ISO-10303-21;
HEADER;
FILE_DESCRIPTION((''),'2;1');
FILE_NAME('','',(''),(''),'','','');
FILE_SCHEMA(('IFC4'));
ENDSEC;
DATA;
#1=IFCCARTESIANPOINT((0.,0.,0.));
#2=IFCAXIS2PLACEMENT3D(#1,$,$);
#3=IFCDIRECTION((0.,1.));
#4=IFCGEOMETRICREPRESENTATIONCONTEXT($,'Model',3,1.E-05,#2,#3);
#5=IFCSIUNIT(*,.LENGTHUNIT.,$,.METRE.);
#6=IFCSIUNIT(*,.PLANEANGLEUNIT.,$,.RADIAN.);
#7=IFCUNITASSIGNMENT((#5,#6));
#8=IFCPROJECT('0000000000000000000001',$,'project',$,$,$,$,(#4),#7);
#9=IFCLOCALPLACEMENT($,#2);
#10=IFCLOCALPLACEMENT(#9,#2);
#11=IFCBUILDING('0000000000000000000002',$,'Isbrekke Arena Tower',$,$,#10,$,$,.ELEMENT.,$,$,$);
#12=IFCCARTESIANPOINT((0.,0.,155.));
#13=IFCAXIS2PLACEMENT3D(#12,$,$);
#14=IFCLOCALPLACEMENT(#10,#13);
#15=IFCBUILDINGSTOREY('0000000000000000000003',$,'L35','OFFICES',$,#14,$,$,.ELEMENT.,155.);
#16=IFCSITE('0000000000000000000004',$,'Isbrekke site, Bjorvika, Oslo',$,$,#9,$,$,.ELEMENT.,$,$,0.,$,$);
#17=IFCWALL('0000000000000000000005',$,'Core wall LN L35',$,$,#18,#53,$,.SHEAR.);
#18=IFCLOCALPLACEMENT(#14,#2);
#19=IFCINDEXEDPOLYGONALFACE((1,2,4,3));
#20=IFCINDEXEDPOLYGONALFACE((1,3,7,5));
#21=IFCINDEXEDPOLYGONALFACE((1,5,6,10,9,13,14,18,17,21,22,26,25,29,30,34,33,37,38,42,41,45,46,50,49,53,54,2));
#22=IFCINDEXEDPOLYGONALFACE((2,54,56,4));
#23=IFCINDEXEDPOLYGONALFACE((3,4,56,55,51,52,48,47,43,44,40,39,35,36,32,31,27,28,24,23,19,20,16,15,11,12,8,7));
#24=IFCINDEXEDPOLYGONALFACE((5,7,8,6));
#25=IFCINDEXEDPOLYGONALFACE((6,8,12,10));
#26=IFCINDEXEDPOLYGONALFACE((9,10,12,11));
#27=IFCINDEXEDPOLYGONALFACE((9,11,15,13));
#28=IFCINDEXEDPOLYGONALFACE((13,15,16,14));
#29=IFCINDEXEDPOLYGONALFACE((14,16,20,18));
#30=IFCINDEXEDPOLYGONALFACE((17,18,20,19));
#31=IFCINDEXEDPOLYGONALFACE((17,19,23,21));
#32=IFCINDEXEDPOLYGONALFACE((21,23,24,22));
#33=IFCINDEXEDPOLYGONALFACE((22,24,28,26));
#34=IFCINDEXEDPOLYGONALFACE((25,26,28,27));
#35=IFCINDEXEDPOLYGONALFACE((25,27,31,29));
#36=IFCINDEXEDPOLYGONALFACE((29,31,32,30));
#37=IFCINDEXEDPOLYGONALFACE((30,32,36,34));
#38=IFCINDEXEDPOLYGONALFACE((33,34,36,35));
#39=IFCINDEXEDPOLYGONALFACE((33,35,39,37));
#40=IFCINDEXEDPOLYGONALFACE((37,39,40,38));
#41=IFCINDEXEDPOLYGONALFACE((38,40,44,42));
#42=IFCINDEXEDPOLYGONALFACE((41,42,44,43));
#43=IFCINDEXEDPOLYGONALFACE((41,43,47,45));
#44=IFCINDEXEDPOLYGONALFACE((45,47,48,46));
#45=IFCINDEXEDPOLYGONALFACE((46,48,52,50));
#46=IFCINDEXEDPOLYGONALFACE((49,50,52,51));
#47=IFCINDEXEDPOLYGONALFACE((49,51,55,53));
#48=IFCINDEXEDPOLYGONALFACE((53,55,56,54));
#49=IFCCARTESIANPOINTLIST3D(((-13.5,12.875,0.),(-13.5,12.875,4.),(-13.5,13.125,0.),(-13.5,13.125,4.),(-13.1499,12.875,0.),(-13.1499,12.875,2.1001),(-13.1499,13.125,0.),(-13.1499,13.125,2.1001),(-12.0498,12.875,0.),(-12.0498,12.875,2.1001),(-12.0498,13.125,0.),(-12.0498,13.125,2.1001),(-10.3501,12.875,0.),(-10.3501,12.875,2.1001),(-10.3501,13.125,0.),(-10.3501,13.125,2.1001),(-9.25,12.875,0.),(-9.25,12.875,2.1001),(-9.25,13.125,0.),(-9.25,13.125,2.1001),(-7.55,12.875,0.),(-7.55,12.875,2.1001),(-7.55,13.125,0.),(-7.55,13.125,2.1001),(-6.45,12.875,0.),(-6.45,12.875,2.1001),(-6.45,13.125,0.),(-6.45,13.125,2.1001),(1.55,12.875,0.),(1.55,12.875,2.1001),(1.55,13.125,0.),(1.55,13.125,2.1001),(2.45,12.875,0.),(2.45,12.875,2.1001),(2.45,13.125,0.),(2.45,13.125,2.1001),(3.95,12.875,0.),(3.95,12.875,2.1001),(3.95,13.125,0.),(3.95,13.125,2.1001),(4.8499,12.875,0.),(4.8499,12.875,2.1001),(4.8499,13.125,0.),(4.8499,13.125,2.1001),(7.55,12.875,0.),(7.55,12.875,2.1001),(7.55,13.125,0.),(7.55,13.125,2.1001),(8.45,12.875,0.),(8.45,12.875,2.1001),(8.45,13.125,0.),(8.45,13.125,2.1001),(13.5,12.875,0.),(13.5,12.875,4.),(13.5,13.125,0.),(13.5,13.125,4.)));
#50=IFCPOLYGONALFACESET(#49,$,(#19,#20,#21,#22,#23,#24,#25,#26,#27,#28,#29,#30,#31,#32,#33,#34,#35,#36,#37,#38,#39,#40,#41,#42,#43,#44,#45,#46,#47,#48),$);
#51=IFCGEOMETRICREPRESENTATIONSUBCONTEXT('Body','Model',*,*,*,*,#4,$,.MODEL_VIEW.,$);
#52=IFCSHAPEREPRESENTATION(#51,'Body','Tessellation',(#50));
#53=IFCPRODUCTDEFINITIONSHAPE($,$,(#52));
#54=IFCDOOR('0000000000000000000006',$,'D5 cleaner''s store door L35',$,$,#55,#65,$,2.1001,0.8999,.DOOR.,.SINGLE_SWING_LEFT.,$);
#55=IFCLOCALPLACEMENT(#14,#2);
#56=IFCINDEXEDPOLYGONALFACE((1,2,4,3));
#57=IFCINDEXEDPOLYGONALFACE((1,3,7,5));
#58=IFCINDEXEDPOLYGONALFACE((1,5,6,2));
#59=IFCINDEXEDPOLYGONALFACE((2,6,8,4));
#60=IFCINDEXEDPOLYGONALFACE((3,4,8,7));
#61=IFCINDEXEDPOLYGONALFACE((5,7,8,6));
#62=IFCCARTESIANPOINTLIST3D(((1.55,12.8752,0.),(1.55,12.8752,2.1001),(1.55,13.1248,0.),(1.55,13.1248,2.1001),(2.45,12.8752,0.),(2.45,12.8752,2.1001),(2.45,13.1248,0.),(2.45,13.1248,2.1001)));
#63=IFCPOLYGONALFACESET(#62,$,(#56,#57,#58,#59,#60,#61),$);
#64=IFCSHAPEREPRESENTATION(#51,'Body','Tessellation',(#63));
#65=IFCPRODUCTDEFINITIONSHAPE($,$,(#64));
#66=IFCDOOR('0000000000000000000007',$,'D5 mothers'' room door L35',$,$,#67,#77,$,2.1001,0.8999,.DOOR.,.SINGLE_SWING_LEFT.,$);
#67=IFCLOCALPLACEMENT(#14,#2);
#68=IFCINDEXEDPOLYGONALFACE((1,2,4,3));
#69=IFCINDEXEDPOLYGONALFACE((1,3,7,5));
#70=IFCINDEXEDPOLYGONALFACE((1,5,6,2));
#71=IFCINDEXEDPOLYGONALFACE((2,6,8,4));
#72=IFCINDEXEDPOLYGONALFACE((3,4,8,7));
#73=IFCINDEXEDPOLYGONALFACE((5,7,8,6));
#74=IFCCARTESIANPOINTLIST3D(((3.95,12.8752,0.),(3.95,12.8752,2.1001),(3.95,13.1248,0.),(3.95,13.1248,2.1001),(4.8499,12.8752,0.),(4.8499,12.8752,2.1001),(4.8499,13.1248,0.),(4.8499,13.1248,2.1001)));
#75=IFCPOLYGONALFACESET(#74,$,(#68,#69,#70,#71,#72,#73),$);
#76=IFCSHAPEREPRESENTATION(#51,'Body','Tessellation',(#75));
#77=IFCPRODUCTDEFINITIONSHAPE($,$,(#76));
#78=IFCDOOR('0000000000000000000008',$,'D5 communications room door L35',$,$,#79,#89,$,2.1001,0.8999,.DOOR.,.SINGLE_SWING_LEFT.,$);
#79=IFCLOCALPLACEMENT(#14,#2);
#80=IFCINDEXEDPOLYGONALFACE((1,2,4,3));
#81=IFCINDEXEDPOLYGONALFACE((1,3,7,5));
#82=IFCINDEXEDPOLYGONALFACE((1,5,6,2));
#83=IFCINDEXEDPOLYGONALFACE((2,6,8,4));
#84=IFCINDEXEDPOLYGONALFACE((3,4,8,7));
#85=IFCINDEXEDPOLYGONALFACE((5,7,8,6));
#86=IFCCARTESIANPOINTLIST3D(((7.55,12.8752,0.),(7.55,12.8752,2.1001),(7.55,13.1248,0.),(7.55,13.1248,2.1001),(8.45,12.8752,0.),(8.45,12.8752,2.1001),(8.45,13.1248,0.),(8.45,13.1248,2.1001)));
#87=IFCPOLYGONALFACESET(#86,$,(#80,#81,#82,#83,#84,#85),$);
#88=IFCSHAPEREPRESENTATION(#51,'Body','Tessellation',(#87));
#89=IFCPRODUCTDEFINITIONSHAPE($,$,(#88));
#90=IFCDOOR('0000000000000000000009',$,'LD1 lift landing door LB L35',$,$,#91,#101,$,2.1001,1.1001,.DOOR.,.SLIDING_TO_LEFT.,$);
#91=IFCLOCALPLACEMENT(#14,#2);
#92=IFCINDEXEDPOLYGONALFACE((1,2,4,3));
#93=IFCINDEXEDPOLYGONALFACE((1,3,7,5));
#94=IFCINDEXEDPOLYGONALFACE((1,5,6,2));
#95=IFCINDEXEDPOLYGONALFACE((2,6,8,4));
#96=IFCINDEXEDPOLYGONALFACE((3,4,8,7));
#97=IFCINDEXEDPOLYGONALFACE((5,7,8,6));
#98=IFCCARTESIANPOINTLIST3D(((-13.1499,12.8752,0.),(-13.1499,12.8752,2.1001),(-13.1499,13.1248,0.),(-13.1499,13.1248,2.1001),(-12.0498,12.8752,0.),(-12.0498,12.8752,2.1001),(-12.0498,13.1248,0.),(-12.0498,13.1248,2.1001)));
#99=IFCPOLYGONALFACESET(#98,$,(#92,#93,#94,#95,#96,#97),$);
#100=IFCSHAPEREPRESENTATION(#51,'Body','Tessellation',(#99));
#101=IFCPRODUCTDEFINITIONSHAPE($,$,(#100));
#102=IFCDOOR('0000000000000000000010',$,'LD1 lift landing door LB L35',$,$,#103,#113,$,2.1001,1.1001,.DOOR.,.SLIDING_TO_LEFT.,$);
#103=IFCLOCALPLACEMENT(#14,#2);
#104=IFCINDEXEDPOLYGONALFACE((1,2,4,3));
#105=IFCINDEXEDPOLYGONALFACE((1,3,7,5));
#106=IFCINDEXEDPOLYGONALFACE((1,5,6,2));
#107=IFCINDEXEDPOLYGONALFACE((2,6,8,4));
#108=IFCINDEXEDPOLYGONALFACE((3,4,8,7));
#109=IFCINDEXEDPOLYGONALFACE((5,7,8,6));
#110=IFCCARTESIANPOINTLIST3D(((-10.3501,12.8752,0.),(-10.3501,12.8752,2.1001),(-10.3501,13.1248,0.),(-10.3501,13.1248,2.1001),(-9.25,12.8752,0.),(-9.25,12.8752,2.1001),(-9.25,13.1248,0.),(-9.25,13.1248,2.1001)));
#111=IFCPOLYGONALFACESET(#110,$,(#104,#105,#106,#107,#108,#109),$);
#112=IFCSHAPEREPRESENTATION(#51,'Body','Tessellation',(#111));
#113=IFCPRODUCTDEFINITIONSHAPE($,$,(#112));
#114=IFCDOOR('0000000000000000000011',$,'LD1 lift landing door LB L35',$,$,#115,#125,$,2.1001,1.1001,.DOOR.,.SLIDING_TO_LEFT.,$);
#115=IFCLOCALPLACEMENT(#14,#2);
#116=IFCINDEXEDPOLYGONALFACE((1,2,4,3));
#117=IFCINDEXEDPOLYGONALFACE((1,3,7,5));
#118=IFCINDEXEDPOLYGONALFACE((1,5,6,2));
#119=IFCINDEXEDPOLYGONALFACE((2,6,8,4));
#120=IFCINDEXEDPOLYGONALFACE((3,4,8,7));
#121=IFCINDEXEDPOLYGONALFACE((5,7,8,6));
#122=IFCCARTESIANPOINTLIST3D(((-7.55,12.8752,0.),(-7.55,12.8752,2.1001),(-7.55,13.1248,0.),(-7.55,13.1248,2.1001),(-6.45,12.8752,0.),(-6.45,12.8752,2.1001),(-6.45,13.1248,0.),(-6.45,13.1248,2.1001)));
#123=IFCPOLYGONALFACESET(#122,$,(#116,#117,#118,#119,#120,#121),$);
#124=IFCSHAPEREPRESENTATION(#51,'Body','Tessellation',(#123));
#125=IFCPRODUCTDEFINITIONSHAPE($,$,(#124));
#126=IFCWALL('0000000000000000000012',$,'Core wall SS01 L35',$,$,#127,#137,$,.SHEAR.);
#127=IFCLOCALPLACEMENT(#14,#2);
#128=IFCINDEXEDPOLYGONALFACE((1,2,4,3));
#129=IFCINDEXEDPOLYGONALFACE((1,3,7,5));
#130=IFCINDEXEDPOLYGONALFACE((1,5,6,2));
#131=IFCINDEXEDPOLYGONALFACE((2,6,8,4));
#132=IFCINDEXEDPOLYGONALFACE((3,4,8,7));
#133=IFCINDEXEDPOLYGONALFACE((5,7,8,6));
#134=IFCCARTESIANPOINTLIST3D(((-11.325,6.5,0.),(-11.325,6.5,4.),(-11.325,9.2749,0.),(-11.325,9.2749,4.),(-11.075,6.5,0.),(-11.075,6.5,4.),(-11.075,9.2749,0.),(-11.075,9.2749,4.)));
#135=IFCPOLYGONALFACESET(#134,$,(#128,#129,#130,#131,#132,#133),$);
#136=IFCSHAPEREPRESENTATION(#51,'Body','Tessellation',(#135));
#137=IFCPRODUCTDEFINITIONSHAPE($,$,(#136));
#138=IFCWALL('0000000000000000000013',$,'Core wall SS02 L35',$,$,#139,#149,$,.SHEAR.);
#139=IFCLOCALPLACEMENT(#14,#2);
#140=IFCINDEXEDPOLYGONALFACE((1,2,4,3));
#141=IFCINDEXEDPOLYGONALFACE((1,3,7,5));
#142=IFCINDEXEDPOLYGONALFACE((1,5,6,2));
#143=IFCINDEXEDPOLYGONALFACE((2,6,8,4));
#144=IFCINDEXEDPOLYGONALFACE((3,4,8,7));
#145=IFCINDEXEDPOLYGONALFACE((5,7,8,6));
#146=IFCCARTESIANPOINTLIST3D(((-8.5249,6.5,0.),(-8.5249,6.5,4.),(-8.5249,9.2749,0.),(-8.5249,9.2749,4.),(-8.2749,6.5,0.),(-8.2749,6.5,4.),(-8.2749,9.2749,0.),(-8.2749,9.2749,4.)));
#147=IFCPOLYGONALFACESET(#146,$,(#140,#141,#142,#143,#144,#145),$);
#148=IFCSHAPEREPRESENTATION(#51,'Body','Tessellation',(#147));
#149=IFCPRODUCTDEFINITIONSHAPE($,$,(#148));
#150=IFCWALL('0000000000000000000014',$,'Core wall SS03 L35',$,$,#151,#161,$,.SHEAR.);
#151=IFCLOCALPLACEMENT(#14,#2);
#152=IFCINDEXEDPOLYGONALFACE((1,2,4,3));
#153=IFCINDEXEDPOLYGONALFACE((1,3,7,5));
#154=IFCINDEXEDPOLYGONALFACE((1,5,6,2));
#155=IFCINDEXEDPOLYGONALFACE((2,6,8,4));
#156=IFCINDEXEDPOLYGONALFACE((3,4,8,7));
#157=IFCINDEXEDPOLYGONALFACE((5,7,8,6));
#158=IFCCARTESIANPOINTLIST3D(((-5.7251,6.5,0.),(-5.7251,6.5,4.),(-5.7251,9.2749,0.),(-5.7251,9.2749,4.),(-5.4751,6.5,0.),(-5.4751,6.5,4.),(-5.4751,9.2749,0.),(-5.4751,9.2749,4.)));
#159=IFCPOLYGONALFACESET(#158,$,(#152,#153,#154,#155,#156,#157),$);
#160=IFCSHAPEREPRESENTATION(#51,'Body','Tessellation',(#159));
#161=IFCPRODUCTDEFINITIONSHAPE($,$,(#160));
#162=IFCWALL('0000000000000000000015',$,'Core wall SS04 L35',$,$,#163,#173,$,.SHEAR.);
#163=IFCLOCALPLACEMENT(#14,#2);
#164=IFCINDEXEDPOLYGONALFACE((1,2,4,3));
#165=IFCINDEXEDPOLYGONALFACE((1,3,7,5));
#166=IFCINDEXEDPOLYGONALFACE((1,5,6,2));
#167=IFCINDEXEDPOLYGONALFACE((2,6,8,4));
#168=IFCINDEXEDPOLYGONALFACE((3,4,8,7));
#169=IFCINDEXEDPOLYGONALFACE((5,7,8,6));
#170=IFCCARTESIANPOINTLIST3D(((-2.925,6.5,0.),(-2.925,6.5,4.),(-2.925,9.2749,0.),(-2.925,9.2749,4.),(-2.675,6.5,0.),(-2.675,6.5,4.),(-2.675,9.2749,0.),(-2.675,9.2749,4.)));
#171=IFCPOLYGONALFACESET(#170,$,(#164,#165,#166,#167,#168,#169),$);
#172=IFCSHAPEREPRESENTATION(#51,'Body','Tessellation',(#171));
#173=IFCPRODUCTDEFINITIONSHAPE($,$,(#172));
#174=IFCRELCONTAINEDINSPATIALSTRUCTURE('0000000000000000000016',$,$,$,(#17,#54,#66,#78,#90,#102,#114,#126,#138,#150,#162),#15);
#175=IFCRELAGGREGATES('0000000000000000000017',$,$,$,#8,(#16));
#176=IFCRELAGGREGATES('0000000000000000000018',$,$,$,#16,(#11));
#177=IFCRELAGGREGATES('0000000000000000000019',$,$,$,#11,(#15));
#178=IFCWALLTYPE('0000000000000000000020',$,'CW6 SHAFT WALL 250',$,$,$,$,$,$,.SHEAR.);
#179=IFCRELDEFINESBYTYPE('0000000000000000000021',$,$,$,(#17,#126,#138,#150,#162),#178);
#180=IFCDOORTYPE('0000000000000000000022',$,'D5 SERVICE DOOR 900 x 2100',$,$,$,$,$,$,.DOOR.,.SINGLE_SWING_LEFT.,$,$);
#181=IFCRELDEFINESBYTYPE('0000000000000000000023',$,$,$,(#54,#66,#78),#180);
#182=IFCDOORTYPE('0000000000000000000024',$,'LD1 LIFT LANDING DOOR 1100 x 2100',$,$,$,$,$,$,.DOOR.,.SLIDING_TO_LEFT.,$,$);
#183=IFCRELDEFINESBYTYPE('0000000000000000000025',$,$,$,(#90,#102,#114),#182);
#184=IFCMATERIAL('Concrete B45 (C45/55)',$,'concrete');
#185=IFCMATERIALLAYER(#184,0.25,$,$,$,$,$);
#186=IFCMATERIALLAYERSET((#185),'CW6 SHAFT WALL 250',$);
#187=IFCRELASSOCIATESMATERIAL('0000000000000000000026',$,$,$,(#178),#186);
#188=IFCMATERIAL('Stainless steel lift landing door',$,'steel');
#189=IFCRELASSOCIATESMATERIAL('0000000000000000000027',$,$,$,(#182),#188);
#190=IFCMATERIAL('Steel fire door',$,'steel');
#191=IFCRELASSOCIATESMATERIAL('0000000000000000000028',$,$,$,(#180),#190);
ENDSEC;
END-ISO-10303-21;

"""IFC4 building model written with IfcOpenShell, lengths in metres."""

from ifc_helpers import new_model, si_unit, direction, frame, frame_2d, origin, place, context, subcontext, project, spatial, rectangle, extrude, material, layer, layer_set, type_object, element, fill, save


model = new_model("IFC4")

# Units and contexts
model_context = context("Model", 3, precision=1e-05, world=origin(), true_north=direction((0.0, 1.0)))
body_context = subcontext(model_context, "Body", "Model", "MODEL_VIEW")
ifc_project = project(units=[si_unit("LENGTHUNIT", "METRE"), si_unit("PLANEANGLEUNIT", "RADIAN")], contexts=[model_context])

# Site, building, storey
site_placement = place(None, origin())
site = spatial("IfcSite", under=ifc_project, at=site_placement, Name="Isbrekke site, Bjorvika, Oslo", CompositionType="ELEMENT", RefElevation=0.0)
building_placement = place(site_placement, origin())
building = spatial("IfcBuilding", under=site, at=building_placement, Name="Isbrekke Arena Tower", CompositionType="ELEMENT")
storey_placement = place(building_placement, frame((0.0, 0.0, 155.0)))
storey = spatial("IfcBuildingStorey", under=building, at=storey_placement, Name="L35", Description="OFFICES", CompositionType="ELEMENT", Elevation=155.0)

# Wall, openings, doors
ifc_material_1 = material(Name="Concrete B45 (C45/55)", Category="concrete")
ifc_layer_1 = layer(ifc_material_1, 0.25)
ifc_layer_set_1 = layer_set([ifc_layer_1], Name="CW6 SHAFT WALL 250")
wall_type_1 = type_object("IfcWallType", Name="CW6 SHAFT WALL 250", PredefinedType="SHEAR", material=ifc_layer_set_1)
ifc_material_2 = material(Name="Stainless steel lift landing door", Category="steel")
door_type_1 = type_object("IfcDoorType", Name="LD1 LIFT LANDING DOOR 1100 x 2100", OperationType="SLIDING_TO_LEFT", PredefinedType="DOOR", material=ifc_material_2)
wall_1_placement = place(storey_placement, frame((-13.5, 13.0, 0.0), z_axis=(0.0, 0.0, 1.0), x_axis=(1.0, 0.0, 0.0)))
wall_1 = element("IfcWall", 1, at=wall_1_placement, inside=storey, type_object=wall_type_1, Name="Core wall LN L35", PredefinedType="SHEAR", context=body_context, shape_type="SweptSolid", body=[
    extrude(rectangle(XDim=27.0, YDim=0.25, at=frame_2d((13.5, 0.0))), origin(), (0.0, 0.0, 1.0), 4.0),
])
opening_1_placement = place(wall_1_placement, frame((0.3501, 0.0, 0.0)))
opening_1 = element("IfcOpeningElement", 2, at=opening_1_placement, cuts=wall_1, PredefinedType="OPENING", context=body_context, shape_type="SweptSolid", body=[
    extrude(rectangle(XDim=1.1001, YDim=2.1001, at=frame_2d((0.55, 1.05))), frame((0.0, 0.1399, 0.0), z_axis=(0.0, -1.0, 0.0), x_axis=(1.0, 0.0, 0.0)), (0.0, 0.0, 1.0), 0.2798),
])
opening_2_placement = place(wall_1_placement, frame((3.1499, 0.0, 0.0)))
opening_2 = element("IfcOpeningElement", 3, at=opening_2_placement, cuts=wall_1, PredefinedType="OPENING", context=body_context, shape_type="SweptSolid", body=[
    extrude(rectangle(XDim=1.1001, YDim=2.1001, at=frame_2d((0.55, 1.05))), frame((0.0, 0.1399, 0.0), z_axis=(0.0, -1.0, 0.0), x_axis=(1.0, 0.0, 0.0)), (0.0, 0.0, 1.0), 0.2798),
])
opening_3_placement = place(wall_1_placement, frame((5.95, 0.0, 0.0)))
opening_3 = element("IfcOpeningElement", 4, at=opening_3_placement, cuts=wall_1, PredefinedType="OPENING", context=body_context, shape_type="SweptSolid", body=[
    extrude(rectangle(XDim=1.1001, YDim=2.1001, at=frame_2d((0.55, 1.05))), frame((0.0, 0.1399, 0.0), z_axis=(0.0, -1.0, 0.0), x_axis=(1.0, 0.0, 0.0)), (0.0, 0.0, 1.0), 0.2798),
])
opening_4_placement = place(wall_1_placement, frame((15.05, 0.0, 0.0)))
opening_4 = element("IfcOpeningElement", 5, at=opening_4_placement, cuts=wall_1, PredefinedType="OPENING", context=body_context, shape_type="SweptSolid", body=[
    extrude(rectangle(XDim=0.8999, YDim=2.1001, at=frame_2d((0.45, 1.05))), frame((0.0, 0.1399, 0.0), z_axis=(0.0, -1.0, 0.0), x_axis=(1.0, 0.0, 0.0)), (0.0, 0.0, 1.0), 0.2798),
])
opening_5_placement = place(wall_1_placement, frame((17.45, 0.0, 0.0)))
opening_5 = element("IfcOpeningElement", 6, at=opening_5_placement, cuts=wall_1, PredefinedType="OPENING", context=body_context, shape_type="SweptSolid", body=[
    extrude(rectangle(XDim=0.8999, YDim=2.1001, at=frame_2d((0.45, 1.05))), frame((0.0, 0.1399, 0.0), z_axis=(0.0, -1.0, 0.0), x_axis=(1.0, 0.0, 0.0)), (0.0, 0.0, 1.0), 0.2798),
])
opening_6_placement = place(wall_1_placement, frame((21.05, 0.0, 0.0)))
opening_6 = element("IfcOpeningElement", 7, at=opening_6_placement, cuts=wall_1, PredefinedType="OPENING", context=body_context, shape_type="SweptSolid", body=[
    extrude(rectangle(XDim=0.8999, YDim=2.1001, at=frame_2d((0.45, 1.05))), frame((0.0, 0.1399, 0.0), z_axis=(0.0, -1.0, 0.0), x_axis=(1.0, 0.0, 0.0)), (0.0, 0.0, 1.0), 0.2798),
])
ifc_material_3 = material(Name="Steel fire door", Category="steel")
door_type_2 = type_object("IfcDoorType", Name="D5 SERVICE DOOR 900 x 2100", OperationType="SINGLE_SWING_LEFT", PredefinedType="DOOR", material=ifc_material_3)
door_1_placement = place(opening_4_placement, origin())
door_1 = element("IfcDoor", 8, at=door_1_placement, inside=storey, type_object=door_type_2, Name="D5 cleaner's store door L35", OperationType="SINGLE_SWING_LEFT", OverallHeight=2.1001, OverallWidth=0.8999, PredefinedType="DOOR", context=body_context, shape_type="SweptSolid", body=[
    extrude(rectangle(XDim=0.8999, YDim=2.1001, at=frame_2d((0.45, 1.05))), frame((0.0, 0.1248, 0.0), z_axis=(0.0, -1.0, 0.0), x_axis=(1.0, 0.0, 0.0)), (0.0, 0.0, 1.0), 0.2495),
])
fill(opening_4, door_1)
door_2_placement = place(opening_5_placement, origin())
door_2 = element("IfcDoor", 9, at=door_2_placement, inside=storey, type_object=door_type_2, Name="D5 mothers' room door L35", OperationType="SINGLE_SWING_LEFT", OverallHeight=2.1001, OverallWidth=0.8999, PredefinedType="DOOR", context=body_context, shape_type="SweptSolid", body=[
    extrude(rectangle(XDim=0.8999, YDim=2.1001, at=frame_2d((0.45, 1.05))), frame((0.0, 0.1248, 0.0), z_axis=(0.0, -1.0, 0.0), x_axis=(1.0, 0.0, 0.0)), (0.0, 0.0, 1.0), 0.2495),
])
fill(opening_5, door_2)
door_3_placement = place(opening_6_placement, origin())
door_3 = element("IfcDoor", 10, at=door_3_placement, inside=storey, type_object=door_type_2, Name="D5 communications room door L35", OperationType="SINGLE_SWING_LEFT", OverallHeight=2.1001, OverallWidth=0.8999, PredefinedType="DOOR", context=body_context, shape_type="SweptSolid", body=[
    extrude(rectangle(XDim=0.8999, YDim=2.1001, at=frame_2d((0.45, 1.05))), frame((0.0, 0.1248, 0.0), z_axis=(0.0, -1.0, 0.0), x_axis=(1.0, 0.0, 0.0)), (0.0, 0.0, 1.0), 0.2495),
])
fill(opening_6, door_3)
door_4_placement = place(opening_1_placement, origin())
door_4 = element("IfcDoor", 11, at=door_4_placement, inside=storey, type_object=door_type_1, Name="LD1 lift landing door LB L35", OperationType="SLIDING_TO_LEFT", OverallHeight=2.1001, OverallWidth=1.1001, PredefinedType="DOOR", context=body_context, shape_type="SweptSolid", body=[
    extrude(rectangle(XDim=1.1001, YDim=2.1001, at=frame_2d((0.55, 1.05))), frame((0.0, 0.1248, 0.0), z_axis=(0.0, -1.0, 0.0), x_axis=(1.0, 0.0, 0.0)), (0.0, 0.0, 1.0), 0.2495),
])
fill(opening_1, door_4)
door_5_placement = place(opening_2_placement, origin())
door_5 = element("IfcDoor", 12, at=door_5_placement, inside=storey, type_object=door_type_1, Name="LD1 lift landing door LB L35", OperationType="SLIDING_TO_LEFT", OverallHeight=2.1001, OverallWidth=1.1001, PredefinedType="DOOR", context=body_context, shape_type="SweptSolid", body=[
    extrude(rectangle(XDim=1.1001, YDim=2.1001, at=frame_2d((0.55, 1.05))), frame((0.0, 0.1248, 0.0), z_axis=(0.0, -1.0, 0.0), x_axis=(1.0, 0.0, 0.0)), (0.0, 0.0, 1.0), 0.2495),
])
fill(opening_2, door_5)
door_6_placement = place(opening_3_placement, origin())
door_6 = element("IfcDoor", 13, at=door_6_placement, inside=storey, type_object=door_type_1, Name="LD1 lift landing door LB L35", OperationType="SLIDING_TO_LEFT", OverallHeight=2.1001, OverallWidth=1.1001, PredefinedType="DOOR", context=body_context, shape_type="SweptSolid", body=[
    extrude(rectangle(XDim=1.1001, YDim=2.1001, at=frame_2d((0.55, 1.05))), frame((0.0, 0.1248, 0.0), z_axis=(0.0, -1.0, 0.0), x_axis=(1.0, 0.0, 0.0)), (0.0, 0.0, 1.0), 0.2495),
])
fill(opening_3, door_6)

# Walls
for number, where, z_axis, x_axis, name in (
    (14, (-11.2, 6.5, 0.0), (0.0, 0.0, 1.0), (0.0, 1.0, 0.0), "Core wall SS01 L35"),
    (15, (-8.3999, 6.5, 0.0), (0.0, 0.0, 1.0), (0.0, 1.0, 0.0), "Core wall SS02 L35"),
    (16, (-5.6001, 6.5, 0.0), (0.0, 0.0, 1.0), (0.0, 1.0, 0.0), "Core wall SS03 L35"),
    (17, (-2.8, 6.5, 0.0), (0.0, 0.0, 1.0), (0.0, 1.0, 0.0), "Core wall SS04 L35"),
):
    element("IfcWall", number, at=place(storey_placement, frame(where, z_axis=z_axis, x_axis=x_axis)), inside=storey, type_object=wall_type_1, Name=name, PredefinedType="SHEAR", context=body_context, shape_type="SweptSolid", body=[
        extrude(rectangle(XDim=2.7749, YDim=0.25, at=frame_2d((1.3875, 0.0))), origin(), (0.0, 0.0, 1.0), 4.0),
    ])

save(model, "model.ifc")
